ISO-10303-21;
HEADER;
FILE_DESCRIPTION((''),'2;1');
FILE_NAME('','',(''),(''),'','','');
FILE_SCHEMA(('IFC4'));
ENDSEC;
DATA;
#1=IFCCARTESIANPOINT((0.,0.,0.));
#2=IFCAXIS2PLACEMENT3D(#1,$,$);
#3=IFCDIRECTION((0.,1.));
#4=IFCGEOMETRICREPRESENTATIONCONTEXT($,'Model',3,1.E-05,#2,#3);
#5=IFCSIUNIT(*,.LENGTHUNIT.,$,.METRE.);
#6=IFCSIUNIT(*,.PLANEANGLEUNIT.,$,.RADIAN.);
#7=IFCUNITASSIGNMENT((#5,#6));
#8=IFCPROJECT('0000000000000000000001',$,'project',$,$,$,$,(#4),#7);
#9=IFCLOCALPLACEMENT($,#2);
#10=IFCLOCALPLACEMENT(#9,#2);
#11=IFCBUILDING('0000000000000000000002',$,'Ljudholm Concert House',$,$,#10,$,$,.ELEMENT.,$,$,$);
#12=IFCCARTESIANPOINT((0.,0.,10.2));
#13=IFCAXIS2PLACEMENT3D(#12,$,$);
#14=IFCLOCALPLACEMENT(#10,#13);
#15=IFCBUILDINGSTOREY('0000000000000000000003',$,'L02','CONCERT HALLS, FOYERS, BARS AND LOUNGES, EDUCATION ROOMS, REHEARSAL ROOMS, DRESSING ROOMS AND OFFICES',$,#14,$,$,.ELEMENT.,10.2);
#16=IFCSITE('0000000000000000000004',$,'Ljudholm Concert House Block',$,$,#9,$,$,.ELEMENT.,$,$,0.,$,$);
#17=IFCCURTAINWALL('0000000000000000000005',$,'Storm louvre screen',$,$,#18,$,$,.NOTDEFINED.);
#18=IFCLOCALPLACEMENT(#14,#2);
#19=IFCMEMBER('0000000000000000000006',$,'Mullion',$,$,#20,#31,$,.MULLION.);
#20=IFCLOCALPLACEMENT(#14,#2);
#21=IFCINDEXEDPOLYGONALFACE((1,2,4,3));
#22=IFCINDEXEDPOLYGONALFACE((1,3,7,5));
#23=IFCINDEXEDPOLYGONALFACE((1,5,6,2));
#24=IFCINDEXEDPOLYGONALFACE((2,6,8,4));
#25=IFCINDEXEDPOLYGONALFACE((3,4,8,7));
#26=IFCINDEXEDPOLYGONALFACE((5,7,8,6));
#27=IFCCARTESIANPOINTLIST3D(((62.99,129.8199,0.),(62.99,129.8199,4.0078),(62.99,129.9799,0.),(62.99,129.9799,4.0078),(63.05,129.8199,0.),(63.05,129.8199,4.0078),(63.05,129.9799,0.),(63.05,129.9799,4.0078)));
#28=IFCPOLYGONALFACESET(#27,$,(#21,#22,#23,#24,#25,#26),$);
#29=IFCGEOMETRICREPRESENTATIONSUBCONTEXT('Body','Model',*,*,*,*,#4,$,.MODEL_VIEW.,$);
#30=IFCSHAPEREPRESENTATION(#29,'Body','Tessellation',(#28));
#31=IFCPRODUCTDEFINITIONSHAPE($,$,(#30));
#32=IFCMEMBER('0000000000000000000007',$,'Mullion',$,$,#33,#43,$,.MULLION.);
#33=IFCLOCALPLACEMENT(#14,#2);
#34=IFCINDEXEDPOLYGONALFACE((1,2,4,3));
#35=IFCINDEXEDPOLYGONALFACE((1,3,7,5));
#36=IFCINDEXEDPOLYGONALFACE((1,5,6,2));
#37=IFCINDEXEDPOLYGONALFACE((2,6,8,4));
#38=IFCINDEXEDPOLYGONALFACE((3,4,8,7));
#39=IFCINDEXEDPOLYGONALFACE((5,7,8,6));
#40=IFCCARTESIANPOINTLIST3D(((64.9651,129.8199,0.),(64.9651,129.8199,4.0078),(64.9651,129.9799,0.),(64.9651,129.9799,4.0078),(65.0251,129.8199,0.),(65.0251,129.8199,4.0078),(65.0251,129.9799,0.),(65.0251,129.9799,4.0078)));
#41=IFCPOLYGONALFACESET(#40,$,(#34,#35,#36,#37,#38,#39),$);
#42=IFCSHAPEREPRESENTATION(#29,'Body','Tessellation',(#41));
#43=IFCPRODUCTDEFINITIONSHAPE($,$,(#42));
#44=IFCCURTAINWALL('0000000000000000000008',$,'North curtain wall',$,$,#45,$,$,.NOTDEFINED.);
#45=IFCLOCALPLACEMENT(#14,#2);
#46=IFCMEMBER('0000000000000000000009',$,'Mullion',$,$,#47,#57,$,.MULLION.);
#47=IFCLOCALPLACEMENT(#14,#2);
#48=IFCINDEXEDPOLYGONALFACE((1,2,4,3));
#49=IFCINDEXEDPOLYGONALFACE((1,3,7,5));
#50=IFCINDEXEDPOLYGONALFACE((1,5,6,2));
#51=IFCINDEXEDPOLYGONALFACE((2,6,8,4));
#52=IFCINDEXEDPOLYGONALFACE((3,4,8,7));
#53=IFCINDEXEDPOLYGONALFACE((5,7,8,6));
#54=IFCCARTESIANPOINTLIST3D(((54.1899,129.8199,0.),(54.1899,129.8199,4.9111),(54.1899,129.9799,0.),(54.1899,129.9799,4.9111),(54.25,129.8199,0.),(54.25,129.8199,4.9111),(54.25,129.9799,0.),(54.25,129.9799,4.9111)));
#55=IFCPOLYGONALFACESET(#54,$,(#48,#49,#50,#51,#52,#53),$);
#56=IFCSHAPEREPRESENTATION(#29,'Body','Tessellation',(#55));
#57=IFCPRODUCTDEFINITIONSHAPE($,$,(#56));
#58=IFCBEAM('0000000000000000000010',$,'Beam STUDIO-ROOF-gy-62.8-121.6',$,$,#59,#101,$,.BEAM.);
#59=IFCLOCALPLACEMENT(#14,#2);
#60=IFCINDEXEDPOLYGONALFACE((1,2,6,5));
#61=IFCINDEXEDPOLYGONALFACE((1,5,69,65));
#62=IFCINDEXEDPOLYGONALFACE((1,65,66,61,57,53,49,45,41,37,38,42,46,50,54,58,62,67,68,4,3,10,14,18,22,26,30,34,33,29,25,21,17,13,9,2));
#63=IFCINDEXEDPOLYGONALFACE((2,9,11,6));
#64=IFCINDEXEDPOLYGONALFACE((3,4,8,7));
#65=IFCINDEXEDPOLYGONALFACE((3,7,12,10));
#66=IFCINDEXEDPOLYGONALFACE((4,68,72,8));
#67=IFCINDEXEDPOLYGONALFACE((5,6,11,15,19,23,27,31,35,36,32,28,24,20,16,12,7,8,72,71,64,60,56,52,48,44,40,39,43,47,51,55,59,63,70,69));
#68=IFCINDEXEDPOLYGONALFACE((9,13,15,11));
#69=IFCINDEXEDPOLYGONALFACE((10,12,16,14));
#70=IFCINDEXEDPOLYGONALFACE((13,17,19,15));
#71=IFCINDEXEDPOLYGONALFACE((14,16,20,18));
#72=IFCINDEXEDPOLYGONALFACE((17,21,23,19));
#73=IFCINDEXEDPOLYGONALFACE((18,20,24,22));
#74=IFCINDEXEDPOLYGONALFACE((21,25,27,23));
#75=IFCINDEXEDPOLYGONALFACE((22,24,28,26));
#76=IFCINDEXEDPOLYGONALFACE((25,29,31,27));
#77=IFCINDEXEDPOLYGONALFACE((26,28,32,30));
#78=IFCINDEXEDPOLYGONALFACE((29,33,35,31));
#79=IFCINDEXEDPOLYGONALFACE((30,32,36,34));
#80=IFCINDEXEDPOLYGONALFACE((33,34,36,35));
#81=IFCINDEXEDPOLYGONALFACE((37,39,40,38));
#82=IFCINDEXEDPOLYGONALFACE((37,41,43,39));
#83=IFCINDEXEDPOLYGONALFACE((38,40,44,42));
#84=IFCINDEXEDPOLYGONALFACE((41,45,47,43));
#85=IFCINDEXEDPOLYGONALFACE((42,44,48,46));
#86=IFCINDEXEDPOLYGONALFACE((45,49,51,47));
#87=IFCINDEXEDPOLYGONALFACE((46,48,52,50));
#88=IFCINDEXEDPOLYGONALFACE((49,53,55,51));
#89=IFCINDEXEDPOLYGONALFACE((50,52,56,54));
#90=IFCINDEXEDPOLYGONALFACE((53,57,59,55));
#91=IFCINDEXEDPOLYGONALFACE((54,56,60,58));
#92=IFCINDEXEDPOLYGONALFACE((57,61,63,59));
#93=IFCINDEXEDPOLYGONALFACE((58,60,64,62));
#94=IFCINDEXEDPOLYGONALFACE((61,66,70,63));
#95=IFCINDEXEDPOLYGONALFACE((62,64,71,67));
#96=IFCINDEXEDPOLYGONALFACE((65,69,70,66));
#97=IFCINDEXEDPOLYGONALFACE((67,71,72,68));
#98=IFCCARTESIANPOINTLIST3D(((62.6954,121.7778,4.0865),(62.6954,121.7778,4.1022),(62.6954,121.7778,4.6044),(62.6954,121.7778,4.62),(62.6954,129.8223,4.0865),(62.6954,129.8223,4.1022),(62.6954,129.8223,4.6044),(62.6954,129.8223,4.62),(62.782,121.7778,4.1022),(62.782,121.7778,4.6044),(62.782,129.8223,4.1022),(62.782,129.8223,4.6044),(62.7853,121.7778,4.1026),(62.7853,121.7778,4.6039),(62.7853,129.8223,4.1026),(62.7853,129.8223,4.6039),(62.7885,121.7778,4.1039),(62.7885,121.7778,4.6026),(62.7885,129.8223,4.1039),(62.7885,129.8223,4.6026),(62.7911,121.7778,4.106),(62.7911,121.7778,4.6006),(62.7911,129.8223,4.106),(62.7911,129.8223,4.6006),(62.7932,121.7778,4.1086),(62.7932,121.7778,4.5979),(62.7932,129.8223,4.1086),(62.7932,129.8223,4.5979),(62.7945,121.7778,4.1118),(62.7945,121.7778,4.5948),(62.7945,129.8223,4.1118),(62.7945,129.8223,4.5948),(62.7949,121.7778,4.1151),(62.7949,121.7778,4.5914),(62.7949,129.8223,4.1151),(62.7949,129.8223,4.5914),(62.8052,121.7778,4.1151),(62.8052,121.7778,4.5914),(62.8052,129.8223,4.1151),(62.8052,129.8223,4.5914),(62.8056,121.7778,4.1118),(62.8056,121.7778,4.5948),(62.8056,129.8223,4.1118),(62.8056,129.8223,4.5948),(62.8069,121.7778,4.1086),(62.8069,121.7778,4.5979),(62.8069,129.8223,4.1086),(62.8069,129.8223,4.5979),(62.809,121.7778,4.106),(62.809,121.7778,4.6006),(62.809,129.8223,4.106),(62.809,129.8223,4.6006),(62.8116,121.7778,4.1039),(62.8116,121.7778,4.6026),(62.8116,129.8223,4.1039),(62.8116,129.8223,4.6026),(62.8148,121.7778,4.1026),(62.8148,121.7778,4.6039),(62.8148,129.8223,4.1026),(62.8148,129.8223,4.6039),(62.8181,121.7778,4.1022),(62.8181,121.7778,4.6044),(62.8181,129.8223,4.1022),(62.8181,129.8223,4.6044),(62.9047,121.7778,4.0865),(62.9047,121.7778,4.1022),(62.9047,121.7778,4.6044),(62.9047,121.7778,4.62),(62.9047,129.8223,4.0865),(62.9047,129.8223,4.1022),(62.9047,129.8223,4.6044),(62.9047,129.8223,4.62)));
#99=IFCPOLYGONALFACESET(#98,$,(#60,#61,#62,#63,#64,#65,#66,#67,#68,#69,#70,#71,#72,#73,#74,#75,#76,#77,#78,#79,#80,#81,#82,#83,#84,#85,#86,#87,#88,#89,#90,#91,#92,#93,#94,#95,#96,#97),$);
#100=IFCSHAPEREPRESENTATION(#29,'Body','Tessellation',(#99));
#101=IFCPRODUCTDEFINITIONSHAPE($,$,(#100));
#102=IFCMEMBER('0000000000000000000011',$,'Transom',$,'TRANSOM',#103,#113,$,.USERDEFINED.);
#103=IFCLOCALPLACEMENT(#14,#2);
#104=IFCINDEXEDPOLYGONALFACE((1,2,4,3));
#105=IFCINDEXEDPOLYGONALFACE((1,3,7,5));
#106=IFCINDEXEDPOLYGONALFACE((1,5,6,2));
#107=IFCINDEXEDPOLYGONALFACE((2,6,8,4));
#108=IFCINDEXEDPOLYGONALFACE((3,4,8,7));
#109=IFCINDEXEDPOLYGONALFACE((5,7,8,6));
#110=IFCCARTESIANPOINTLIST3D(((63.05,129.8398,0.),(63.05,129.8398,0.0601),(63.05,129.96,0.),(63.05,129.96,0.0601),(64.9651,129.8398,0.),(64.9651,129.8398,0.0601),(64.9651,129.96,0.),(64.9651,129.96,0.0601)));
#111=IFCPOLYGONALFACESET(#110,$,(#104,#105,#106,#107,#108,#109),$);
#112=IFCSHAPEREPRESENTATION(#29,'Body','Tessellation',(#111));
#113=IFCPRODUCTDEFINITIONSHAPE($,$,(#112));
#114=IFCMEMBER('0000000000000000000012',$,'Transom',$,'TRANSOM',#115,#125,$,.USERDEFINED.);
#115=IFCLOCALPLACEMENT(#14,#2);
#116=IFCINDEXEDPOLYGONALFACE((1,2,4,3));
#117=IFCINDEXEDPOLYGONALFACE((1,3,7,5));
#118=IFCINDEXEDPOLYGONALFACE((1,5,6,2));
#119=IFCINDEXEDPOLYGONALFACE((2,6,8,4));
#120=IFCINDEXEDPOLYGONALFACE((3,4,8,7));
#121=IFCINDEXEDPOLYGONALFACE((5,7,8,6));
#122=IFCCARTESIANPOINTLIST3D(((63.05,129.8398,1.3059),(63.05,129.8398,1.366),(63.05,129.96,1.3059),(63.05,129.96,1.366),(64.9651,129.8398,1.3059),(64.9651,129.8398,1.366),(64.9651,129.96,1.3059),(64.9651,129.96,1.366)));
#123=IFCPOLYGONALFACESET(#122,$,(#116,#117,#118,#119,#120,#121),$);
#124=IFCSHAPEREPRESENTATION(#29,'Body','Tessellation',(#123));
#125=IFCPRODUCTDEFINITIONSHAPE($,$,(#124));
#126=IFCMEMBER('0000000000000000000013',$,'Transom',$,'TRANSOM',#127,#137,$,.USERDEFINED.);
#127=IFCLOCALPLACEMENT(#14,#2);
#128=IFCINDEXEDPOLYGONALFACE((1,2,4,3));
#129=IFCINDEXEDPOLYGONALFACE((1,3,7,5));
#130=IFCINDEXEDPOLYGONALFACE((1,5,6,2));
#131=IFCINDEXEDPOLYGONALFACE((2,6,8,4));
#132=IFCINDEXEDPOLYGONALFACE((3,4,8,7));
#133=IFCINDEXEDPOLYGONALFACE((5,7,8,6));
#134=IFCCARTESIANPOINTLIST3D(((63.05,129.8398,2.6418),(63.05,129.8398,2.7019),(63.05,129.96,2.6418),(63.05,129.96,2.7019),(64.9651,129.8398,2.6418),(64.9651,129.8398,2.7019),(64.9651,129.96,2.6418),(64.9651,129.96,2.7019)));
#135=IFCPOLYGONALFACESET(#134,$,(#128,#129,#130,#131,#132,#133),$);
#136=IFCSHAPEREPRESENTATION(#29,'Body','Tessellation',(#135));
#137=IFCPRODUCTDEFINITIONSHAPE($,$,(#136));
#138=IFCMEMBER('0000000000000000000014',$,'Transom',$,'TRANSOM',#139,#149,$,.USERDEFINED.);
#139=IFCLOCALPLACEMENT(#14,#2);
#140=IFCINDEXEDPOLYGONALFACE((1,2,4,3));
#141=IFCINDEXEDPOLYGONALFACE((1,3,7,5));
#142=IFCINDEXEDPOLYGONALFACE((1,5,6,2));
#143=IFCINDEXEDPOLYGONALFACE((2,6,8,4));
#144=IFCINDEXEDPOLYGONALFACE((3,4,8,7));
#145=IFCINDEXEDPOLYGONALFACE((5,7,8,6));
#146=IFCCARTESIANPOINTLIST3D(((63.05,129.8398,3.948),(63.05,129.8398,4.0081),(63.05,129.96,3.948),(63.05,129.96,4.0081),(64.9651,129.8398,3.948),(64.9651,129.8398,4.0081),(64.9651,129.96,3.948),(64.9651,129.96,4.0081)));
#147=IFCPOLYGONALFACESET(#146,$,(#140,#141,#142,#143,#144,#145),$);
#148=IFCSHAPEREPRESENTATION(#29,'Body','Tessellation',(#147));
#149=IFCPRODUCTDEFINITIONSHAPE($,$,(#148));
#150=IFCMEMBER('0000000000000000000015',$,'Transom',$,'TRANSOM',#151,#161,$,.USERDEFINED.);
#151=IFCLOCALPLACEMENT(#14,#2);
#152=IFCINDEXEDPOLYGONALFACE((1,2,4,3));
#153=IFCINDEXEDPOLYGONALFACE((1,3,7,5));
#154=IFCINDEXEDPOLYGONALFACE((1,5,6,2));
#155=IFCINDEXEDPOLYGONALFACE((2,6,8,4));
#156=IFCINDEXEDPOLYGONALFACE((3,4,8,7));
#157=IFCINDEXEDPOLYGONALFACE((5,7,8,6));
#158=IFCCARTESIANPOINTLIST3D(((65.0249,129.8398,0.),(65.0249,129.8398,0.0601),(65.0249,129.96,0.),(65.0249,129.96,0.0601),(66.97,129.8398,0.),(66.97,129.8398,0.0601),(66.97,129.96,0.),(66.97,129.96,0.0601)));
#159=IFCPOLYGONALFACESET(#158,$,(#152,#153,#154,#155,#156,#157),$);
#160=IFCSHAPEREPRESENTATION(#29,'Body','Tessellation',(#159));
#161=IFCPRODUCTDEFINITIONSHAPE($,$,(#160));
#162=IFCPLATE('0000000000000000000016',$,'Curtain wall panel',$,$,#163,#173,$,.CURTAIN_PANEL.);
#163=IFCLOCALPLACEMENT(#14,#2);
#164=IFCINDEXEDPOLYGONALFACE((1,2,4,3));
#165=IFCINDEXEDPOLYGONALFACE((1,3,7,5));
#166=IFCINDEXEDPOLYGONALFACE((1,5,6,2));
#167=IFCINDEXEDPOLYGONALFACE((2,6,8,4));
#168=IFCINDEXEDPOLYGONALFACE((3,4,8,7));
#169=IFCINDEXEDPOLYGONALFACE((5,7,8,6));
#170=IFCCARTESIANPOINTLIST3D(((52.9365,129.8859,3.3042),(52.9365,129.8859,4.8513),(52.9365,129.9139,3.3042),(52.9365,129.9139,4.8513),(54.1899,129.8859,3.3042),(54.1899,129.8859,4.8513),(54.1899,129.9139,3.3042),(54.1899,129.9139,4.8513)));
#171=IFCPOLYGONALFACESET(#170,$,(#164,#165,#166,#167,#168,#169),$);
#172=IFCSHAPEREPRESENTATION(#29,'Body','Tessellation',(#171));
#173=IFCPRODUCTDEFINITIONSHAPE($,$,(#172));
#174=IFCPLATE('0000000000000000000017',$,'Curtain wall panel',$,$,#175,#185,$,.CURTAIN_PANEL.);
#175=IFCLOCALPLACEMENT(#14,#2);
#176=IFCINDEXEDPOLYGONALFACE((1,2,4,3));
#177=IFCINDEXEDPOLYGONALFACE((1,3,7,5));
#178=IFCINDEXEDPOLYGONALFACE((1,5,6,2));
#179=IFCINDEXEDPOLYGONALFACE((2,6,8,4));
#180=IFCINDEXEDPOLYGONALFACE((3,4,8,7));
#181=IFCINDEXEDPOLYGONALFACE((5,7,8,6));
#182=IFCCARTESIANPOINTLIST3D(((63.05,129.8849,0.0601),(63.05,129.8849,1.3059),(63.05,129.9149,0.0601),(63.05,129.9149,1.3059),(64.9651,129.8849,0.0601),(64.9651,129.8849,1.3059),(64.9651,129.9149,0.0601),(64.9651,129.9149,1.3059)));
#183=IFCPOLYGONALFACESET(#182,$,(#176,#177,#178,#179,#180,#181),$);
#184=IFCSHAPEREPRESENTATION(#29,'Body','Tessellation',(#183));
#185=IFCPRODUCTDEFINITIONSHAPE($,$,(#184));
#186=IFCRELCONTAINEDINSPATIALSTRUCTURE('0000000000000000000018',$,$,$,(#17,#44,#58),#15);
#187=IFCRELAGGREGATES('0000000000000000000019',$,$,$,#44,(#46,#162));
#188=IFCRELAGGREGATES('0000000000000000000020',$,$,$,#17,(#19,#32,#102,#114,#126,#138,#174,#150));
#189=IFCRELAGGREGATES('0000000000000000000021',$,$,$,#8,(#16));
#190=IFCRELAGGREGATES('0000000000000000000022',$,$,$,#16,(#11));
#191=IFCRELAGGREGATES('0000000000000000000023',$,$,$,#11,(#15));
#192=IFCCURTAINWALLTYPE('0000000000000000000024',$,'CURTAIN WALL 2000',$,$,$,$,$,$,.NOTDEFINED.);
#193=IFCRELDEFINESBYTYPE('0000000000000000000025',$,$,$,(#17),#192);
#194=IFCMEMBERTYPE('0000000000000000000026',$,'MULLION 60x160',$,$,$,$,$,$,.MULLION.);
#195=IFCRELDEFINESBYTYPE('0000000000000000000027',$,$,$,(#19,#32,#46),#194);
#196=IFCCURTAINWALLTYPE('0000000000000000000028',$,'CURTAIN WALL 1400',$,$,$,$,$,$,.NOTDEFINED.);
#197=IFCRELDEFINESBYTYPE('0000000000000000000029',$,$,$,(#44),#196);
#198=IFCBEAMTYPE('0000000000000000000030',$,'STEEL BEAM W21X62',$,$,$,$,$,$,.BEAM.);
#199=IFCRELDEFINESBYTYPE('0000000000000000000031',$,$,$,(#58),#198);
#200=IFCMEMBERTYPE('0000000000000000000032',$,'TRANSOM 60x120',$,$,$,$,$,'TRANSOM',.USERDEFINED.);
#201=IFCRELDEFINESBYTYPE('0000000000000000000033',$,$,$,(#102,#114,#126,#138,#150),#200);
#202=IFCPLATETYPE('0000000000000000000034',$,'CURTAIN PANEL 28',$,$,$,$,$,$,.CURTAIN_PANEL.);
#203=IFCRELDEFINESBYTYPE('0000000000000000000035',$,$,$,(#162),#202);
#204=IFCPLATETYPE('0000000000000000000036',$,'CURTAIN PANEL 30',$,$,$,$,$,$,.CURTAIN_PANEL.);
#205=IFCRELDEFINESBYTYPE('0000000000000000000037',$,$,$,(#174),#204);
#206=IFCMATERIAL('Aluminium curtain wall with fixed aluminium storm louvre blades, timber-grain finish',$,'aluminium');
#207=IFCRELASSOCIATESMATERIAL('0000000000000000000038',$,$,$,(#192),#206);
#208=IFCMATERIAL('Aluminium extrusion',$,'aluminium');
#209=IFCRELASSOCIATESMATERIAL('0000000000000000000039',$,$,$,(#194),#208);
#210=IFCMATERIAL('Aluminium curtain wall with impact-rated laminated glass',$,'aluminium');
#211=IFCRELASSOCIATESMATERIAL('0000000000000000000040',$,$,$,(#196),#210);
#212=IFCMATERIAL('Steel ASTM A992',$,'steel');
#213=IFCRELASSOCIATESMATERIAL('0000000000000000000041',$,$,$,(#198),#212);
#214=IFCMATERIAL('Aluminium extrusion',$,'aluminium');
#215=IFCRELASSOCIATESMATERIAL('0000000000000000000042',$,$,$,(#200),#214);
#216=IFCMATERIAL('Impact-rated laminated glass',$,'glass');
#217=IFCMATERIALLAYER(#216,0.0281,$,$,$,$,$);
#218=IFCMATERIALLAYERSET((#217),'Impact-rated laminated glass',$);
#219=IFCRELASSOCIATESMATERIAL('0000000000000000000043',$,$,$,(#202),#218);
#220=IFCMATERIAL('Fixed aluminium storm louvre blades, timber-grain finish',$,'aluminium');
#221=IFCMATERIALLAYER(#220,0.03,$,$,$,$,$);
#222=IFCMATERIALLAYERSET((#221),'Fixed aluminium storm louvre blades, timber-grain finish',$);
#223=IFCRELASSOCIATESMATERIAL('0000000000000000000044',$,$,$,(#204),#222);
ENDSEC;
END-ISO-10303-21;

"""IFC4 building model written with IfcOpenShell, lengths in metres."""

from ifc_helpers import new_model, si_unit, direction, frame, origin, origin_2d, place, context, subcontext, project, spatial, rectangle, i_section, extrude, material, layer, layer_set, material_profile, profile_set, type_object, element, aggregate, save


model = new_model("IFC4")

# Units and contexts
model_context = context("Model", 3, precision=1e-05, world=origin(), true_north=direction((0.0, 1.0)))
body_context = subcontext(model_context, "Body", "Model", "MODEL_VIEW")
ifc_project = project(units=[si_unit("LENGTHUNIT", "METRE"), si_unit("PLANEANGLEUNIT", "RADIAN")], contexts=[model_context])

# Site, building, storey
site_placement = place(None, origin())
site = spatial("IfcSite", under=ifc_project, at=site_placement, Name="Ljudholm Concert House Block", CompositionType="ELEMENT", RefElevation=0.0)
building_placement = place(site_placement, origin())
building = spatial("IfcBuilding", under=site, at=building_placement, Name="Ljudholm Concert House", CompositionType="ELEMENT")
storey_placement = place(building_placement, frame((0.0, 0.0, 10.2)))
storey = spatial("IfcBuildingStorey", under=building, at=storey_placement, Name="L02", Description="CONCERT HALLS, FOYERS, BARS AND LOUNGES, EDUCATION ROOMS, REHEARSAL ROOMS, DRESSING ROOMS AND OFFICES", CompositionType="ELEMENT", Elevation=10.2)

# Curtain wall, members
ifc_material_1 = material(Name="Aluminium curtain wall with fixed aluminium storm louvre blades, timber-grain finish", Category="aluminium")
curtain_wall_type_1 = type_object("IfcCurtainWallType", Name="CURTAIN WALL 2000", PredefinedType="NOTDEFINED", material=ifc_material_1)
curtain_wall_1_placement = place(storey_placement, origin())
curtain_wall_1 = element("IfcCurtainWall", 1, at=curtain_wall_1_placement, inside=storey, type_object=curtain_wall_type_1, Name="Storm louvre screen", PredefinedType="NOTDEFINED")
ifc_material_2 = material(Name="Aluminium extrusion", Category="aluminium")
ifc_material_profile_1 = material_profile(ifc_material_2, rectangle(XDim=0.1599, YDim=0.0601, at=origin_2d()), Name="MULLION 60x160")
ifc_profile_set_1 = profile_set([ifc_material_profile_1], Name="Aluminium extrusion")
member_type_1 = type_object("IfcMemberType", Name="MULLION 60x160", PredefinedType="MULLION", material=ifc_profile_set_1)
member_1_placement = place(storey_placement, frame((63.02, 129.8999, 0.0), z_axis=(0.0, 0.0, 1.0), x_axis=(0.0, 1.0, 0.0)))
member_1 = element("IfcMember", 2, at=member_1_placement, type_object=member_type_1, Name="Mullion", PredefinedType="MULLION", context=body_context, shape_type="SweptSolid", body=[
    extrude(rectangle(XDim=0.1599, YDim=0.0601, at=origin_2d()), origin(), (0.0, 0.0, 1.0), 4.0078),
])
member_2_placement = place(storey_placement, frame((64.9951, 129.8999, 0.0), z_axis=(0.0, 0.0, 1.0), x_axis=(0.0, 1.0, 0.0)))
member_2 = element("IfcMember", 3, at=member_2_placement, type_object=member_type_1, Name="Mullion", PredefinedType="MULLION", context=body_context, shape_type="SweptSolid", body=[
    extrude(rectangle(XDim=0.1599, YDim=0.0601, at=origin_2d()), origin(), (0.0, 0.0, 1.0), 4.0078),
])

# Curtain wall, member
ifc_material_3 = material(Name="Aluminium curtain wall with impact-rated laminated glass", Category="aluminium")
curtain_wall_type_2 = type_object("IfcCurtainWallType", Name="CURTAIN WALL 1400", PredefinedType="NOTDEFINED", material=ifc_material_3)
curtain_wall_2_placement = place(storey_placement, origin())
curtain_wall_2 = element("IfcCurtainWall", 4, at=curtain_wall_2_placement, inside=storey, type_object=curtain_wall_type_2, Name="North curtain wall", PredefinedType="NOTDEFINED")
member_3_placement = place(storey_placement, frame((54.22, 129.8999, 0.0), z_axis=(0.0, 0.0, 1.0), x_axis=(0.0, 1.0, 0.0)))
member_3 = element("IfcMember", 5, at=member_3_placement, type_object=member_type_1, Name="Mullion", PredefinedType="MULLION", context=body_context, shape_type="SweptSolid", body=[
    extrude(rectangle(XDim=0.1599, YDim=0.0601, at=origin_2d()), origin(), (0.0, 0.0, 1.0), 4.9111),
])

# Beam
ifc_material_4 = material(Name="Steel ASTM A992", Category="steel")
ifc_material_profile_2 = material_profile(ifc_material_4, i_section(OverallWidth=0.2092, OverallDepth=0.5334, WebThickness=0.0103, FlangeThickness=0.0156, FilletRadius=0.0129, at=origin_2d()), Name="W21X62")
ifc_profile_set_2 = profile_set([ifc_material_profile_2], Name="Steel ASTM A992")
beam_type = type_object("IfcBeamType", Name="STEEL BEAM W21X62", PredefinedType="BEAM", material=ifc_profile_set_2)
beam_placement = place(storey_placement, frame((62.8, 121.7778, 4.3533), z_axis=(0.0, 1.0, 0.0), x_axis=(-1.0, 0.0, 0.0)))
element("IfcBeam", 6, at=beam_placement, inside=storey, type_object=beam_type, Name="Beam STUDIO-ROOF-gy-62.8-121.6", PredefinedType="BEAM", context=body_context, shape_type="SweptSolid", body=[
    extrude(i_section(OverallWidth=0.2092, OverallDepth=0.5334, WebThickness=0.0103, FlangeThickness=0.0156, FilletRadius=0.0129, at=origin_2d()), origin(), (0.0, 0.0, 1.0), 8.0444),
])

# Members
ifc_material_5 = material(Name="Aluminium extrusion", Category="aluminium")
ifc_material_profile_3 = material_profile(ifc_material_5, rectangle(XDim=0.1201, YDim=0.0601, at=origin_2d()), Name="TRANSOM 60x120")
ifc_profile_set_3 = profile_set([ifc_material_profile_3], Name="Aluminium extrusion")
member_type_2 = type_object("IfcMemberType", Name="TRANSOM 60x120", ElementType="TRANSOM", PredefinedType="USERDEFINED", material=ifc_profile_set_3)
member_4_placement = place(storey_placement, frame((63.05, 129.8999, 0.03), z_axis=(1.0, 0.0, 0.0), x_axis=(0.0, 1.0, 0.0)))
member_4 = element("IfcMember", 7, at=member_4_placement, type_object=member_type_2, Name="Transom", ObjectType="TRANSOM", PredefinedType="USERDEFINED", context=body_context, shape_type="SweptSolid", body=[
    extrude(rectangle(XDim=0.1201, YDim=0.0601, at=origin_2d()), origin(), (0.0, 0.0, 1.0), 1.915),
])
member_5_placement = place(storey_placement, frame((63.05, 129.8999, 1.3359), z_axis=(1.0, 0.0, 0.0), x_axis=(0.0, 1.0, 0.0)))
member_5 = element("IfcMember", 8, at=member_5_placement, type_object=member_type_2, Name="Transom", ObjectType="TRANSOM", PredefinedType="USERDEFINED", context=body_context, shape_type="SweptSolid", body=[
    extrude(rectangle(XDim=0.1201, YDim=0.0601, at=origin_2d()), origin(), (0.0, 0.0, 1.0), 1.915),
])
member_6_placement = place(storey_placement, frame((63.05, 129.8999, 2.6719), z_axis=(1.0, 0.0, 0.0), x_axis=(0.0, 1.0, 0.0)))
member_6 = element("IfcMember", 9, at=member_6_placement, type_object=member_type_2, Name="Transom", ObjectType="TRANSOM", PredefinedType="USERDEFINED", context=body_context, shape_type="SweptSolid", body=[
    extrude(rectangle(XDim=0.1201, YDim=0.0601, at=origin_2d()), origin(), (0.0, 0.0, 1.0), 1.915),
])
member_7_placement = place(storey_placement, frame((63.05, 129.8999, 3.978), z_axis=(1.0, 0.0, 0.0), x_axis=(0.0, 1.0, 0.0)))
member_7 = element("IfcMember", 10, at=member_7_placement, type_object=member_type_2, Name="Transom", ObjectType="TRANSOM", PredefinedType="USERDEFINED", context=body_context, shape_type="SweptSolid", body=[
    extrude(rectangle(XDim=0.1201, YDim=0.0601, at=origin_2d()), origin(), (0.0, 0.0, 1.0), 1.915),
])
member_8_placement = place(storey_placement, frame((65.0249, 129.8999, 0.03), z_axis=(1.0, 0.0, 0.0), x_axis=(0.0, 1.0, 0.0)))
member_8 = element("IfcMember", 11, at=member_8_placement, type_object=member_type_2, Name="Transom", ObjectType="TRANSOM", PredefinedType="USERDEFINED", context=body_context, shape_type="SweptSolid", body=[
    extrude(rectangle(XDim=0.1201, YDim=0.0601, at=origin_2d()), origin(), (0.0, 0.0, 1.0), 1.9451),
])

# Plates
ifc_material_6 = material(Name="Impact-rated laminated glass", Category="glass")
ifc_layer_1 = layer(ifc_material_6, 0.0281)
ifc_layer_set_1 = layer_set([ifc_layer_1], Name="Impact-rated laminated glass")
plate_type_1 = type_object("IfcPlateType", Name="CURTAIN PANEL 28", PredefinedType="CURTAIN_PANEL", material=ifc_layer_set_1)
plate_1_placement = place(storey_placement, frame((53.5632, 129.8999, 3.3042), z_axis=(0.0, 0.0, 1.0), x_axis=(1.0, 0.0, 0.0)))
plate_1 = element("IfcPlate", 12, at=plate_1_placement, type_object=plate_type_1, Name="Curtain wall panel", PredefinedType="CURTAIN_PANEL", context=body_context, shape_type="SweptSolid", body=[
    extrude(rectangle(XDim=1.2534, YDim=0.0281, at=origin_2d()), origin(), (0.0, 0.0, 1.0), 1.5471),
])
aggregate(curtain_wall_2, [member_3, plate_1])
ifc_material_7 = material(Name="Fixed aluminium storm louvre blades, timber-grain finish", Category="aluminium")
ifc_layer_2 = layer(ifc_material_7, 0.03)
ifc_layer_set_2 = layer_set([ifc_layer_2], Name="Fixed aluminium storm louvre blades, timber-grain finish")
plate_type_2 = type_object("IfcPlateType", Name="CURTAIN PANEL 30", PredefinedType="CURTAIN_PANEL", material=ifc_layer_set_2)
plate_2_placement = place(storey_placement, frame((64.0076, 129.8999, 0.0601), z_axis=(0.0, 0.0, 1.0), x_axis=(1.0, 0.0, 0.0)))
plate_2 = element("IfcPlate", 13, at=plate_2_placement, type_object=plate_type_2, Name="Curtain wall panel", PredefinedType="CURTAIN_PANEL", context=body_context, shape_type="SweptSolid", body=[
    extrude(rectangle(XDim=1.915, YDim=0.03, at=origin_2d()), origin(), (0.0, 0.0, 1.0), 1.2458),
])
aggregate(curtain_wall_1, [member_1, member_2, member_4, member_5, member_6, member_7, plate_2, member_8])

save(model, "model.ifc")
